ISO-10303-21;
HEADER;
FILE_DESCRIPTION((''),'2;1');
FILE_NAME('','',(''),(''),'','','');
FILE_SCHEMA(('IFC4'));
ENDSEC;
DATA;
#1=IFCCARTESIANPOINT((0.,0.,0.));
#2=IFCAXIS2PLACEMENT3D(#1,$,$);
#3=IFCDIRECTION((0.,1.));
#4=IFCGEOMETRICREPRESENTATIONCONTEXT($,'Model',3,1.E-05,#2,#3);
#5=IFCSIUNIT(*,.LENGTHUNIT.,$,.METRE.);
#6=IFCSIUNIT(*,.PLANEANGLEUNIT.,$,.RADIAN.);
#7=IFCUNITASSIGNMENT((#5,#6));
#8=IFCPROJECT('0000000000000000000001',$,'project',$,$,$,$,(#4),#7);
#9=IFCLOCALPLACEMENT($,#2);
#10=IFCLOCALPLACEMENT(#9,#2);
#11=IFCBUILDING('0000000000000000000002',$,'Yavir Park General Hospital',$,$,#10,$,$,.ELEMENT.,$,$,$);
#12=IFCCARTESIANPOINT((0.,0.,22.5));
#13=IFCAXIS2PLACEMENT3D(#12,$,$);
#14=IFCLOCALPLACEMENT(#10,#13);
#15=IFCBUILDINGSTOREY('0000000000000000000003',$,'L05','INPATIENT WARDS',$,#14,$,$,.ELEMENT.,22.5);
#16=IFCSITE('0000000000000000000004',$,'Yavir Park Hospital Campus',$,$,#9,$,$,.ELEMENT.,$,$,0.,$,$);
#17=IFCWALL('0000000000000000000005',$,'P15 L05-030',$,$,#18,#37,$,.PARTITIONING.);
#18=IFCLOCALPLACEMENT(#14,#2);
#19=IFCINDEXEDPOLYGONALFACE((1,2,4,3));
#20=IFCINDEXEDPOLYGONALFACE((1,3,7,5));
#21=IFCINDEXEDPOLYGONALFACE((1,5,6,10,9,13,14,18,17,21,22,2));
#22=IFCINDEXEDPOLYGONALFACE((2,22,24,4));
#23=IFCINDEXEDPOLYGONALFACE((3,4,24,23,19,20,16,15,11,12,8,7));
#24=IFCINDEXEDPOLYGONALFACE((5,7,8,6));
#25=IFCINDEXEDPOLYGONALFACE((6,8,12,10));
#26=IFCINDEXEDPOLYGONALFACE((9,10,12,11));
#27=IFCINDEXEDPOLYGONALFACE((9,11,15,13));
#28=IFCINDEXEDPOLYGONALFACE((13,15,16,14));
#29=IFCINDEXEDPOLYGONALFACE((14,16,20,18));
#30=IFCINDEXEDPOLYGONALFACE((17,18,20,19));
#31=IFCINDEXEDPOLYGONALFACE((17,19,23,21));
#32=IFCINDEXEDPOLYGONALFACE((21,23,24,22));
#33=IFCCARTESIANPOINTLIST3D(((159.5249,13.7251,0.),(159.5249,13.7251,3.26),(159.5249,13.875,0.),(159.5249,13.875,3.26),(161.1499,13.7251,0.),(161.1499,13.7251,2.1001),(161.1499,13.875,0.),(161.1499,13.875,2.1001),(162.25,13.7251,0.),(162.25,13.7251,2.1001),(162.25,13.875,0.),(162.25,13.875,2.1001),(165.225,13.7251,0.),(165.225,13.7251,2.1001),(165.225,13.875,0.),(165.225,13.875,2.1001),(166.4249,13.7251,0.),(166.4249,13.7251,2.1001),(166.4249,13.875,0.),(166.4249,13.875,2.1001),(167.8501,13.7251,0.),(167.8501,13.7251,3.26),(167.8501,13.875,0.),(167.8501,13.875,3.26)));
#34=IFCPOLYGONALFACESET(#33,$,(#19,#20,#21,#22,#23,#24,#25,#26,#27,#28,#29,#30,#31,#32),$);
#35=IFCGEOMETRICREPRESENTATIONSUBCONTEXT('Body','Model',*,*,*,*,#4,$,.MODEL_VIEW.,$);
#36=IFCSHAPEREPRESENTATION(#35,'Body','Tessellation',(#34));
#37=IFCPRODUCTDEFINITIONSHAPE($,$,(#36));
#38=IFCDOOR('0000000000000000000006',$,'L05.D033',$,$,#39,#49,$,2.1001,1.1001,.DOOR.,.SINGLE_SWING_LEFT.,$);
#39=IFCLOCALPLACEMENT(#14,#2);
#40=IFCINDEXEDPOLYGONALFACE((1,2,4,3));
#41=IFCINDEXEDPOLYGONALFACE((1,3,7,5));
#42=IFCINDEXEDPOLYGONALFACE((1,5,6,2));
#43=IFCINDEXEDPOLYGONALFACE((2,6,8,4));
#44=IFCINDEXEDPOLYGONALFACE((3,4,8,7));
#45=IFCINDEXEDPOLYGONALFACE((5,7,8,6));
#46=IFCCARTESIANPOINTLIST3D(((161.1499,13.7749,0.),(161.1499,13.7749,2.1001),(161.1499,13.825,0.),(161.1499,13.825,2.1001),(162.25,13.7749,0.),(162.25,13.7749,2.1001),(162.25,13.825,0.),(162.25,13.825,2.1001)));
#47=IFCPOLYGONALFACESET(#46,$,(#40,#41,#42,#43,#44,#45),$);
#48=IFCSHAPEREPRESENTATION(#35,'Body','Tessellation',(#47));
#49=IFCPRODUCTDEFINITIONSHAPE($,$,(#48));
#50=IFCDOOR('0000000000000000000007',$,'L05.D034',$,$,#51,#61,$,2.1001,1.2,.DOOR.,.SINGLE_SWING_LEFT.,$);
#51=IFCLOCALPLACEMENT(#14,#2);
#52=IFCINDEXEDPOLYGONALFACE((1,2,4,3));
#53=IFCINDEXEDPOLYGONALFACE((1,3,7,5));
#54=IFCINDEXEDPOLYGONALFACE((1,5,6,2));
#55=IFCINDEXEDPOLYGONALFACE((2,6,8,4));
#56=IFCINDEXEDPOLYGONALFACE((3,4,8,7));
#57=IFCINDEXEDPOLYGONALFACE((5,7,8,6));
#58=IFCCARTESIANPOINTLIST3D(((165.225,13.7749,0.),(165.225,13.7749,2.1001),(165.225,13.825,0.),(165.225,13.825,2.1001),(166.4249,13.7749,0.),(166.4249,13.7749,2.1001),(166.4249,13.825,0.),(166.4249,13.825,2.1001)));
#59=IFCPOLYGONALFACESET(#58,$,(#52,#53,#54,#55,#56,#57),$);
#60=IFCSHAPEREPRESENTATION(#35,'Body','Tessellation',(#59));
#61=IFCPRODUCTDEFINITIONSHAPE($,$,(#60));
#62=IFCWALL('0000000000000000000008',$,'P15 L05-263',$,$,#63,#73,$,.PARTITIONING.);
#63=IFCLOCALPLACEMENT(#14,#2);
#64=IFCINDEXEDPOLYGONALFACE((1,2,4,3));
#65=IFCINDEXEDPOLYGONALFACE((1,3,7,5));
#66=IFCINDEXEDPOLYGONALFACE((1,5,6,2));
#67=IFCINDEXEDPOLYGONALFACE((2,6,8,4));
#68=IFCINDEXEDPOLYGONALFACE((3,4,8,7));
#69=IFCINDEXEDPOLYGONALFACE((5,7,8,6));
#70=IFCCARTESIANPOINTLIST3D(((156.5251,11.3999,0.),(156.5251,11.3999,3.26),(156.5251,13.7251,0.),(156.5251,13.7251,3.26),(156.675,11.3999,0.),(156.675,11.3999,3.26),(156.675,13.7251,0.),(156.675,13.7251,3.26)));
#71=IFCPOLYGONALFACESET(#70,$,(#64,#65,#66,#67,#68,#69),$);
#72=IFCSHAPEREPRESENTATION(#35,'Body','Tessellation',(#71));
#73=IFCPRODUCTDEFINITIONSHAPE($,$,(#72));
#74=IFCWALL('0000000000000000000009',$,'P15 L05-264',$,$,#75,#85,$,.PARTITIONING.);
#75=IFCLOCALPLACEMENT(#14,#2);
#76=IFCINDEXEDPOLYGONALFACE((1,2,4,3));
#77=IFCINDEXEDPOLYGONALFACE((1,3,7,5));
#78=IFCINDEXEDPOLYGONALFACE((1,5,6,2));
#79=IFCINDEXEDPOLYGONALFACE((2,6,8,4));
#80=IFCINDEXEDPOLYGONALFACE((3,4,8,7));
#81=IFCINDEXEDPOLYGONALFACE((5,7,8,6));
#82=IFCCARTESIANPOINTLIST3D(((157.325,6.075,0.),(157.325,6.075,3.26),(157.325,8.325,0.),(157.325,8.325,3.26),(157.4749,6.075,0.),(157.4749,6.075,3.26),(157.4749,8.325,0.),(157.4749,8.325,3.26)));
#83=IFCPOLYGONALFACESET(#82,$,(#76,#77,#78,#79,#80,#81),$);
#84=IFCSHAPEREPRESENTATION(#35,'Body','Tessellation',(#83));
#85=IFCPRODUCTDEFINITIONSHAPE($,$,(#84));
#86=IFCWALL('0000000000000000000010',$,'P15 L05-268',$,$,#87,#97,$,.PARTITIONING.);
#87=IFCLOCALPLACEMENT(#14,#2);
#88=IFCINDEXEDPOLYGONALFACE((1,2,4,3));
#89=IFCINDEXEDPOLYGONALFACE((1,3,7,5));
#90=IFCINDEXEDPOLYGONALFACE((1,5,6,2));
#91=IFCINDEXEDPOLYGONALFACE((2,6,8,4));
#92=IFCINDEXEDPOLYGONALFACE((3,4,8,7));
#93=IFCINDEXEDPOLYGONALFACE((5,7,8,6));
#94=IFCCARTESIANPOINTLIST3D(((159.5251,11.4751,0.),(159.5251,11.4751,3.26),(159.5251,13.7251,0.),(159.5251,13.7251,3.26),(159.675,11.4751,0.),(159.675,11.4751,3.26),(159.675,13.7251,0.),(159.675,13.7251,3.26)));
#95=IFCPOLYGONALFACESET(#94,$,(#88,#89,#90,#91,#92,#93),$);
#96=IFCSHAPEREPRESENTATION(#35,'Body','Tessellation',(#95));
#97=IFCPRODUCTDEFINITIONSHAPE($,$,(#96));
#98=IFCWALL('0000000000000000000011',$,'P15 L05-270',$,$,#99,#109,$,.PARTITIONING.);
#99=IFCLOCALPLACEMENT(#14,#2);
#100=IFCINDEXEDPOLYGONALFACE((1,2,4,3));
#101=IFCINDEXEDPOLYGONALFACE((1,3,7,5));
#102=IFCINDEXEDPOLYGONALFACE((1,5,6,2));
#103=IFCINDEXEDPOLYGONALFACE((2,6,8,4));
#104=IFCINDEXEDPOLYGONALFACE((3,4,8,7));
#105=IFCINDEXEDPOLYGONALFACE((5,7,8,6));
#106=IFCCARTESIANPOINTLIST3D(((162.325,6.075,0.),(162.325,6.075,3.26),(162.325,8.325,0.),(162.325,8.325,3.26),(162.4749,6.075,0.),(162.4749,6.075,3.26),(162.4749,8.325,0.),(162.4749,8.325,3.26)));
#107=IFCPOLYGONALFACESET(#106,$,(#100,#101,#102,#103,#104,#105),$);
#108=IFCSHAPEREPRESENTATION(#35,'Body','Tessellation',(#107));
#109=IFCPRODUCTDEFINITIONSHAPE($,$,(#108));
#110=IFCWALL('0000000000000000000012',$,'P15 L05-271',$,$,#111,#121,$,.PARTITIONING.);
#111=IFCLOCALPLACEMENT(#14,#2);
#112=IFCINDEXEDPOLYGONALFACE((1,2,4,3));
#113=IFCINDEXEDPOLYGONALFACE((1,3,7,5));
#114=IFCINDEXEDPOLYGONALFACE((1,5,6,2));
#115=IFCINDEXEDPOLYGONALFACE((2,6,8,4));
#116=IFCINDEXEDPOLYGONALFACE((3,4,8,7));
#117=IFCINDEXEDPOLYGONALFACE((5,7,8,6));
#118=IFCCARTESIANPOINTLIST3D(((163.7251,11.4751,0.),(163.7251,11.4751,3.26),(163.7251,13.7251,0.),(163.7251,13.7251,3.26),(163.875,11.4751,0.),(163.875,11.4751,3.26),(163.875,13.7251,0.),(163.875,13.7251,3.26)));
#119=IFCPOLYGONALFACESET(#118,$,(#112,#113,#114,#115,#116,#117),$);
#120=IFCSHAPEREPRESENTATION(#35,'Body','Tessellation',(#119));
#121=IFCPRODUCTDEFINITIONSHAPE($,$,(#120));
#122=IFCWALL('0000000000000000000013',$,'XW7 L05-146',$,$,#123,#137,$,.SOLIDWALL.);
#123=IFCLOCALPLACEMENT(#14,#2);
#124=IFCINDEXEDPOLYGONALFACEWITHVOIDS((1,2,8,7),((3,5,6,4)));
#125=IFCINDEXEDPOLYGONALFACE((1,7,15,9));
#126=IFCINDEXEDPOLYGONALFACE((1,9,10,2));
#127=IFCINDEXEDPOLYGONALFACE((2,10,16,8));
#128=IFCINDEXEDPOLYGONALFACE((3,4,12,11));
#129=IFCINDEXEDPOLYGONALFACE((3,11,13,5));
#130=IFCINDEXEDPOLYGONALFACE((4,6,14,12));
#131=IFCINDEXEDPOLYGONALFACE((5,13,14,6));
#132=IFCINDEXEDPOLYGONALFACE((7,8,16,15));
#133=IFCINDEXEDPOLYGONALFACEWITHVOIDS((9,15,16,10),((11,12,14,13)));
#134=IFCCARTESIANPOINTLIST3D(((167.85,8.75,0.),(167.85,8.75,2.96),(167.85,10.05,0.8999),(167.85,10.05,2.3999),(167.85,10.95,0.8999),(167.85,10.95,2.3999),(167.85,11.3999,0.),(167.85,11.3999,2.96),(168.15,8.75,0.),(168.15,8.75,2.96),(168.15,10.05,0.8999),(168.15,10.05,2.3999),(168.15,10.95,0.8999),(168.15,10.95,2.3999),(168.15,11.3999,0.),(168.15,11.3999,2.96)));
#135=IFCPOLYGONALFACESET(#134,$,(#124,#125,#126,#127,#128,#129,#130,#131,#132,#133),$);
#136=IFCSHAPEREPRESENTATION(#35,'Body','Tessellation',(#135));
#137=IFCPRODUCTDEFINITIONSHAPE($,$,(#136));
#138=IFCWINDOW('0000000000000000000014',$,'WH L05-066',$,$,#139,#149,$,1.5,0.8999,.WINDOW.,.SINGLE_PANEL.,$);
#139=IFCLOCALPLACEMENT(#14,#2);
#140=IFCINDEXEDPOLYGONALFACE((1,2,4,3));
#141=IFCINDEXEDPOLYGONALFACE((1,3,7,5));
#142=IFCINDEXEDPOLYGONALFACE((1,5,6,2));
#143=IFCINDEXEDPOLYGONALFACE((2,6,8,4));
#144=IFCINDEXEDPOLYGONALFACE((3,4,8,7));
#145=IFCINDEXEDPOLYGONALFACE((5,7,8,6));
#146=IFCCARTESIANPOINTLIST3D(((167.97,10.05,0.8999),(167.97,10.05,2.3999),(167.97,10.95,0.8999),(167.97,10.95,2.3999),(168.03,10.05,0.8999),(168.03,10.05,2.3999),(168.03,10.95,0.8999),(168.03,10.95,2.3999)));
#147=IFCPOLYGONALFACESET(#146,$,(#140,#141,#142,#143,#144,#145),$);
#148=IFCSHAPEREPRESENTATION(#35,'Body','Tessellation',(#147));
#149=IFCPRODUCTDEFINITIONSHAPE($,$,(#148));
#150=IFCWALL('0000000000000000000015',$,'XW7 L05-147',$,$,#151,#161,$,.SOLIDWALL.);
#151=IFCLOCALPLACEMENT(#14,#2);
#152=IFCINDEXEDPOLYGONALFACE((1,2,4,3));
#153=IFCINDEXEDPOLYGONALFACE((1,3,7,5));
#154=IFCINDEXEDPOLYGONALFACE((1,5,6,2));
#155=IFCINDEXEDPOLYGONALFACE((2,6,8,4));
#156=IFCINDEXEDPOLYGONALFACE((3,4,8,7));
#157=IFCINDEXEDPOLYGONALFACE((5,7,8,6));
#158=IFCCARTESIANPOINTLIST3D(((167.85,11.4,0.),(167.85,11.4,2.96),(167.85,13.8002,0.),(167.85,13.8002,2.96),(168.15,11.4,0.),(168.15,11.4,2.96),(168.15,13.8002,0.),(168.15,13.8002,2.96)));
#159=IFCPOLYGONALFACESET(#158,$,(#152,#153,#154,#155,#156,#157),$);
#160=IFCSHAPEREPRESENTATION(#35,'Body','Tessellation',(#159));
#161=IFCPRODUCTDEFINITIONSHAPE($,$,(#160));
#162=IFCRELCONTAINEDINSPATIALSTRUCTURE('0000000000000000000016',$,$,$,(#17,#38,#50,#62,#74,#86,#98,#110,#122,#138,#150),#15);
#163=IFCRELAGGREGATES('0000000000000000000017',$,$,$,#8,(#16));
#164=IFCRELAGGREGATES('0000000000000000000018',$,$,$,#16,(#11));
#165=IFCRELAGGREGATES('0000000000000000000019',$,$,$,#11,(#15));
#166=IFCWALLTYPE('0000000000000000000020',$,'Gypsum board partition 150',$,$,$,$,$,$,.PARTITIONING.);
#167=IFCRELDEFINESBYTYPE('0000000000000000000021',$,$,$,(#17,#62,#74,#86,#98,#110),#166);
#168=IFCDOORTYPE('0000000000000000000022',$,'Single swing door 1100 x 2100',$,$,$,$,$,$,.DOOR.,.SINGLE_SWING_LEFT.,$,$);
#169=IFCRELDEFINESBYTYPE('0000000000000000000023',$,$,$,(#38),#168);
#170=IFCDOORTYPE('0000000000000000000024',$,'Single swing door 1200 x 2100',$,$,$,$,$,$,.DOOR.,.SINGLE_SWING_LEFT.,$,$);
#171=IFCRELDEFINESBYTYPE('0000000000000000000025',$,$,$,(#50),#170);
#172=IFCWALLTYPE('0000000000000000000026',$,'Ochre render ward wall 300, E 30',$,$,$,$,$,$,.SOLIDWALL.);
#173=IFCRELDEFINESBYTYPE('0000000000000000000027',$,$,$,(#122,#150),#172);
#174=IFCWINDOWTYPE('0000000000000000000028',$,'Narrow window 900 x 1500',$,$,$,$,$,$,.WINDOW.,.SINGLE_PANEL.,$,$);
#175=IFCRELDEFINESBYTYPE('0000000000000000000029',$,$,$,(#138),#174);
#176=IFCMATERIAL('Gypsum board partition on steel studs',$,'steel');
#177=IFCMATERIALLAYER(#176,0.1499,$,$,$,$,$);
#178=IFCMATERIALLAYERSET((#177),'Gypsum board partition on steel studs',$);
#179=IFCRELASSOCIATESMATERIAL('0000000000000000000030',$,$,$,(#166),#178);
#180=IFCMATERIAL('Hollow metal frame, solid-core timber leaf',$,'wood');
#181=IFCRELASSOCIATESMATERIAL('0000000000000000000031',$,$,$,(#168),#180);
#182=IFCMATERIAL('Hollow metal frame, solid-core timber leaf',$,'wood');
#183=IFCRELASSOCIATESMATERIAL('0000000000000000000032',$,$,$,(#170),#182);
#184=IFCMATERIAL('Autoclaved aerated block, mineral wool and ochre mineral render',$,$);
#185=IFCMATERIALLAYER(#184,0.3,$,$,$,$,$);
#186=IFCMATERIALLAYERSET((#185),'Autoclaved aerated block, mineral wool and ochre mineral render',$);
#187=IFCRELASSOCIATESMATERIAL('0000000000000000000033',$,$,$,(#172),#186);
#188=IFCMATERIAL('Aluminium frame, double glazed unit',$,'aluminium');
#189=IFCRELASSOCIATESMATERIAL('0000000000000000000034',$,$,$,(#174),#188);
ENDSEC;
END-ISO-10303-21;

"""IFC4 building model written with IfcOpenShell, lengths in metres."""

from ifc_helpers import new_model, si_unit, direction, frame, frame_2d, origin, place, context, subcontext, project, spatial, rectangle, extrude, material, layer, layer_set, type_object, element, fill, save


model = new_model("IFC4")

# Units and contexts
model_context = context("Model", 3, precision=1e-05, world=origin(), true_north=direction((0.0, 1.0)))
body_context = subcontext(model_context, "Body", "Model", "MODEL_VIEW")
ifc_project = project(units=[si_unit("LENGTHUNIT", "METRE"), si_unit("PLANEANGLEUNIT", "RADIAN")], contexts=[model_context])

# Site, building, storey
site_placement = place(None, origin())
site = spatial("IfcSite", under=ifc_project, at=site_placement, Name="Yavir Park Hospital Campus", CompositionType="ELEMENT", RefElevation=0.0)
building_placement = place(site_placement, origin())
building = spatial("IfcBuilding", under=site, at=building_placement, Name="Yavir Park General Hospital", CompositionType="ELEMENT")
storey_placement = place(building_placement, frame((0.0, 0.0, 22.5)))
storey = spatial("IfcBuildingStorey", under=building, at=storey_placement, Name="L05", Description="INPATIENT WARDS", CompositionType="ELEMENT", Elevation=22.5)

# Shared definitions
ifc_material_1 = material(Name="Gypsum board partition on steel studs", Category="steel")
ifc_layer_1 = layer(ifc_material_1, 0.1499)
ifc_layer_set_1 = layer_set([ifc_layer_1], Name="Gypsum board partition on steel studs")
wall_type_1 = type_object("IfcWallType", Name="Gypsum board partition 150", PredefinedType="PARTITIONING", material=ifc_layer_set_1)
ifc_material_2 = material(Name="Hollow metal frame, solid-core timber leaf", Category="wood")
door_type_1 = type_object("IfcDoorType", Name="Single swing door 1100 x 2100", OperationType="SINGLE_SWING_LEFT", PredefinedType="DOOR", material=ifc_material_2)

# Wall, openings, doors
wall_1_placement = place(storey_placement, frame((159.5249, 13.8, 0.0), z_axis=(0.0, 0.0, 1.0), x_axis=(1.0, 0.0, 0.0)))
wall_1 = element("IfcWall", 1, at=wall_1_placement, inside=storey, type_object=wall_type_1, Name="P15 L05-030", PredefinedType="PARTITIONING", context=body_context, shape_type="SweptSolid", body=[
    extrude(rectangle(XDim=8.3252, YDim=0.1499, at=frame_2d((4.1626, 0.0))), origin(), (0.0, 0.0, 1.0), 3.26),
])
opening_1_placement = place(wall_1_placement, frame((1.625, 0.0, 0.0)))
opening_1 = element("IfcOpeningElement", 2, at=opening_1_placement, cuts=wall_1, PredefinedType="OPENING", context=body_context, shape_type="SweptSolid", body=[
    extrude(rectangle(XDim=1.1001, YDim=2.1001, at=frame_2d((0.55, 1.05))), frame((0.0, 0.085, 0.0), z_axis=(0.0, -1.0, 0.0), x_axis=(1.0, 0.0, 0.0)), (0.0, 0.0, 1.0), 0.1699),
])
opening_2_placement = place(wall_1_placement, frame((5.7, 0.0, 0.0)))
opening_2 = element("IfcOpeningElement", 3, at=opening_2_placement, cuts=wall_1, PredefinedType="OPENING", context=body_context, shape_type="SweptSolid", body=[
    extrude(rectangle(XDim=1.2, YDim=2.1001, at=frame_2d((0.6001, 1.05))), frame((0.0, 0.085, 0.0), z_axis=(0.0, -1.0, 0.0), x_axis=(1.0, 0.0, 0.0)), (0.0, 0.0, 1.0), 0.1699),
])
door_1_placement = place(opening_1_placement, origin())
door_1 = element("IfcDoor", 4, at=door_1_placement, inside=storey, type_object=door_type_1, Name="L05.D033", OperationType="SINGLE_SWING_LEFT", OverallHeight=2.1001, OverallWidth=1.1001, PredefinedType="DOOR", context=body_context, shape_type="SweptSolid", body=[
    extrude(rectangle(XDim=1.1001, YDim=2.1001, at=frame_2d((0.55, 1.05))), frame((0.0, 0.0249, 0.0), z_axis=(0.0, -1.0, 0.0), x_axis=(1.0, 0.0, 0.0)), (0.0, 0.0, 1.0), 0.05),
])
fill(opening_1, door_1)
ifc_material_3 = material(Name="Hollow metal frame, solid-core timber leaf", Category="wood")
door_type_2 = type_object("IfcDoorType", Name="Single swing door 1200 x 2100", OperationType="SINGLE_SWING_LEFT", PredefinedType="DOOR", material=ifc_material_3)
door_2_placement = place(opening_2_placement, origin())
door_2 = element("IfcDoor", 5, at=door_2_placement, inside=storey, type_object=door_type_2, Name="L05.D034", OperationType="SINGLE_SWING_LEFT", OverallHeight=2.1001, OverallWidth=1.2, PredefinedType="DOOR", context=body_context, shape_type="SweptSolid", body=[
    extrude(rectangle(XDim=1.2, YDim=2.1001, at=frame_2d((0.6001, 1.05))), frame((0.0, 0.0249, 0.0), z_axis=(0.0, -1.0, 0.0), x_axis=(1.0, 0.0, 0.0)), (0.0, 0.0, 1.0), 0.05),
])
fill(opening_2, door_2)

# Walls
wall_2_placement = place(storey_placement, frame((156.6001, 11.3999, 0.0), z_axis=(0.0, 0.0, 1.0), x_axis=(0.0, 1.0, 0.0)))
element("IfcWall", 6, at=wall_2_placement, inside=storey, type_object=wall_type_1, Name="P15 L05-263", PredefinedType="PARTITIONING", context=body_context, shape_type="SweptSolid", body=[
    extrude(rectangle(XDim=2.3252, YDim=0.1499, at=frame_2d((1.1626, 0.0))), origin(), (0.0, 0.0, 1.0), 3.26),
])
for number, where, z_axis, x_axis, name in (
    (7, (157.3999, 6.075, 0.0), (0.0, 0.0, 1.0), (0.0, 1.0, 0.0), "P15 L05-264"),
    (8, (159.6001, 11.4751, 0.0), (0.0, 0.0, 1.0), (0.0, 1.0, 0.0), "P15 L05-268"),
    (9, (162.3999, 6.075, 0.0), (0.0, 0.0, 1.0), (0.0, 1.0, 0.0), "P15 L05-270"),
    (10, (163.8, 11.4751, 0.0), (0.0, 0.0, 1.0), (0.0, 1.0, 0.0), "P15 L05-271"),
):
    element("IfcWall", number, at=place(storey_placement, frame(where, z_axis=z_axis, x_axis=x_axis)), inside=storey, type_object=wall_type_1, Name=name, PredefinedType="PARTITIONING", context=body_context, shape_type="SweptSolid", body=[
        extrude(rectangle(XDim=2.25, YDim=0.1499, at=frame_2d((1.125, 0.0))), origin(), (0.0, 0.0, 1.0), 3.26),
    ])

# Wall, opening, window
ifc_material_4 = material(Name="Autoclaved aerated block, mineral wool and ochre mineral render")
ifc_layer_2 = layer(ifc_material_4, 0.3)
ifc_layer_set_2 = layer_set([ifc_layer_2], Name="Autoclaved aerated block, mineral wool and ochre mineral render")
wall_type_2 = type_object("IfcWallType", Name="Ochre render ward wall 300, E 30", PredefinedType="SOLIDWALL", material=ifc_layer_set_2)
wall_3_placement = place(storey_placement, frame((168.0, 8.75, 0.0), z_axis=(0.0, 0.0, 1.0), x_axis=(0.0, 1.0, 0.0)))
wall_3 = element("IfcWall", 11, at=wall_3_placement, inside=storey, type_object=wall_type_2, Name="XW7 L05-146", PredefinedType="SOLIDWALL", context=body_context, shape_type="SweptSolid", body=[
    extrude(rectangle(XDim=2.6499, YDim=0.3, at=frame_2d((1.325, 0.0))), origin(), (0.0, 0.0, 1.0), 2.96),
])
opening_3_placement = place(wall_3_placement, frame((1.3, 0.0, 0.8999)))
opening_3 = element("IfcOpeningElement", 12, at=opening_3_placement, cuts=wall_3, PredefinedType="OPENING", context=body_context, shape_type="SweptSolid", body=[
    extrude(rectangle(XDim=0.8999, YDim=1.5, at=frame_2d((0.45, 0.75))), frame((0.0, 0.1599, 0.0), z_axis=(0.0, -1.0, 0.0), x_axis=(1.0, 0.0, 0.0)), (0.0, 0.0, 1.0), 0.3201),
])
ifc_material_5 = material(Name="Aluminium frame, double glazed unit", Category="aluminium")
window_type = type_object("IfcWindowType", Name="Narrow window 900 x 1500", PartitioningType="SINGLE_PANEL", PredefinedType="WINDOW", material=ifc_material_5)
window_1_placement = place(opening_3_placement, origin())
window_1 = element("IfcWindow", 13, at=window_1_placement, inside=storey, type_object=window_type, Name="WH L05-066", OverallHeight=1.5, OverallWidth=0.8999, PartitioningType="SINGLE_PANEL", PredefinedType="WINDOW", context=body_context, shape_type="SweptSolid", body=[
    extrude(rectangle(XDim=0.8999, YDim=1.5, at=frame_2d((0.45, 0.75))), frame((0.0, 0.03, 0.0), z_axis=(0.0, -1.0, 0.0), x_axis=(1.0, 0.0, 0.0)), (0.0, 0.0, 1.0), 0.0601),
])
fill(opening_3, window_1)

# Wall
wall_4_placement = place(storey_placement, frame((168.0, 11.3999, 0.0), z_axis=(0.0, 0.0, 1.0), x_axis=(0.0, 1.0, 0.0)))
element("IfcWall", 14, at=wall_4_placement, inside=storey, type_object=wall_type_2, Name="XW7 L05-147", PredefinedType="SOLIDWALL", context=body_context, shape_type="SweptSolid", body=[
    extrude(rectangle(XDim=2.4001, YDim=0.3, at=frame_2d((1.2002, 0.0))), origin(), (0.0, 0.0, 1.0), 2.96),
])

save(model, "model.ifc")
